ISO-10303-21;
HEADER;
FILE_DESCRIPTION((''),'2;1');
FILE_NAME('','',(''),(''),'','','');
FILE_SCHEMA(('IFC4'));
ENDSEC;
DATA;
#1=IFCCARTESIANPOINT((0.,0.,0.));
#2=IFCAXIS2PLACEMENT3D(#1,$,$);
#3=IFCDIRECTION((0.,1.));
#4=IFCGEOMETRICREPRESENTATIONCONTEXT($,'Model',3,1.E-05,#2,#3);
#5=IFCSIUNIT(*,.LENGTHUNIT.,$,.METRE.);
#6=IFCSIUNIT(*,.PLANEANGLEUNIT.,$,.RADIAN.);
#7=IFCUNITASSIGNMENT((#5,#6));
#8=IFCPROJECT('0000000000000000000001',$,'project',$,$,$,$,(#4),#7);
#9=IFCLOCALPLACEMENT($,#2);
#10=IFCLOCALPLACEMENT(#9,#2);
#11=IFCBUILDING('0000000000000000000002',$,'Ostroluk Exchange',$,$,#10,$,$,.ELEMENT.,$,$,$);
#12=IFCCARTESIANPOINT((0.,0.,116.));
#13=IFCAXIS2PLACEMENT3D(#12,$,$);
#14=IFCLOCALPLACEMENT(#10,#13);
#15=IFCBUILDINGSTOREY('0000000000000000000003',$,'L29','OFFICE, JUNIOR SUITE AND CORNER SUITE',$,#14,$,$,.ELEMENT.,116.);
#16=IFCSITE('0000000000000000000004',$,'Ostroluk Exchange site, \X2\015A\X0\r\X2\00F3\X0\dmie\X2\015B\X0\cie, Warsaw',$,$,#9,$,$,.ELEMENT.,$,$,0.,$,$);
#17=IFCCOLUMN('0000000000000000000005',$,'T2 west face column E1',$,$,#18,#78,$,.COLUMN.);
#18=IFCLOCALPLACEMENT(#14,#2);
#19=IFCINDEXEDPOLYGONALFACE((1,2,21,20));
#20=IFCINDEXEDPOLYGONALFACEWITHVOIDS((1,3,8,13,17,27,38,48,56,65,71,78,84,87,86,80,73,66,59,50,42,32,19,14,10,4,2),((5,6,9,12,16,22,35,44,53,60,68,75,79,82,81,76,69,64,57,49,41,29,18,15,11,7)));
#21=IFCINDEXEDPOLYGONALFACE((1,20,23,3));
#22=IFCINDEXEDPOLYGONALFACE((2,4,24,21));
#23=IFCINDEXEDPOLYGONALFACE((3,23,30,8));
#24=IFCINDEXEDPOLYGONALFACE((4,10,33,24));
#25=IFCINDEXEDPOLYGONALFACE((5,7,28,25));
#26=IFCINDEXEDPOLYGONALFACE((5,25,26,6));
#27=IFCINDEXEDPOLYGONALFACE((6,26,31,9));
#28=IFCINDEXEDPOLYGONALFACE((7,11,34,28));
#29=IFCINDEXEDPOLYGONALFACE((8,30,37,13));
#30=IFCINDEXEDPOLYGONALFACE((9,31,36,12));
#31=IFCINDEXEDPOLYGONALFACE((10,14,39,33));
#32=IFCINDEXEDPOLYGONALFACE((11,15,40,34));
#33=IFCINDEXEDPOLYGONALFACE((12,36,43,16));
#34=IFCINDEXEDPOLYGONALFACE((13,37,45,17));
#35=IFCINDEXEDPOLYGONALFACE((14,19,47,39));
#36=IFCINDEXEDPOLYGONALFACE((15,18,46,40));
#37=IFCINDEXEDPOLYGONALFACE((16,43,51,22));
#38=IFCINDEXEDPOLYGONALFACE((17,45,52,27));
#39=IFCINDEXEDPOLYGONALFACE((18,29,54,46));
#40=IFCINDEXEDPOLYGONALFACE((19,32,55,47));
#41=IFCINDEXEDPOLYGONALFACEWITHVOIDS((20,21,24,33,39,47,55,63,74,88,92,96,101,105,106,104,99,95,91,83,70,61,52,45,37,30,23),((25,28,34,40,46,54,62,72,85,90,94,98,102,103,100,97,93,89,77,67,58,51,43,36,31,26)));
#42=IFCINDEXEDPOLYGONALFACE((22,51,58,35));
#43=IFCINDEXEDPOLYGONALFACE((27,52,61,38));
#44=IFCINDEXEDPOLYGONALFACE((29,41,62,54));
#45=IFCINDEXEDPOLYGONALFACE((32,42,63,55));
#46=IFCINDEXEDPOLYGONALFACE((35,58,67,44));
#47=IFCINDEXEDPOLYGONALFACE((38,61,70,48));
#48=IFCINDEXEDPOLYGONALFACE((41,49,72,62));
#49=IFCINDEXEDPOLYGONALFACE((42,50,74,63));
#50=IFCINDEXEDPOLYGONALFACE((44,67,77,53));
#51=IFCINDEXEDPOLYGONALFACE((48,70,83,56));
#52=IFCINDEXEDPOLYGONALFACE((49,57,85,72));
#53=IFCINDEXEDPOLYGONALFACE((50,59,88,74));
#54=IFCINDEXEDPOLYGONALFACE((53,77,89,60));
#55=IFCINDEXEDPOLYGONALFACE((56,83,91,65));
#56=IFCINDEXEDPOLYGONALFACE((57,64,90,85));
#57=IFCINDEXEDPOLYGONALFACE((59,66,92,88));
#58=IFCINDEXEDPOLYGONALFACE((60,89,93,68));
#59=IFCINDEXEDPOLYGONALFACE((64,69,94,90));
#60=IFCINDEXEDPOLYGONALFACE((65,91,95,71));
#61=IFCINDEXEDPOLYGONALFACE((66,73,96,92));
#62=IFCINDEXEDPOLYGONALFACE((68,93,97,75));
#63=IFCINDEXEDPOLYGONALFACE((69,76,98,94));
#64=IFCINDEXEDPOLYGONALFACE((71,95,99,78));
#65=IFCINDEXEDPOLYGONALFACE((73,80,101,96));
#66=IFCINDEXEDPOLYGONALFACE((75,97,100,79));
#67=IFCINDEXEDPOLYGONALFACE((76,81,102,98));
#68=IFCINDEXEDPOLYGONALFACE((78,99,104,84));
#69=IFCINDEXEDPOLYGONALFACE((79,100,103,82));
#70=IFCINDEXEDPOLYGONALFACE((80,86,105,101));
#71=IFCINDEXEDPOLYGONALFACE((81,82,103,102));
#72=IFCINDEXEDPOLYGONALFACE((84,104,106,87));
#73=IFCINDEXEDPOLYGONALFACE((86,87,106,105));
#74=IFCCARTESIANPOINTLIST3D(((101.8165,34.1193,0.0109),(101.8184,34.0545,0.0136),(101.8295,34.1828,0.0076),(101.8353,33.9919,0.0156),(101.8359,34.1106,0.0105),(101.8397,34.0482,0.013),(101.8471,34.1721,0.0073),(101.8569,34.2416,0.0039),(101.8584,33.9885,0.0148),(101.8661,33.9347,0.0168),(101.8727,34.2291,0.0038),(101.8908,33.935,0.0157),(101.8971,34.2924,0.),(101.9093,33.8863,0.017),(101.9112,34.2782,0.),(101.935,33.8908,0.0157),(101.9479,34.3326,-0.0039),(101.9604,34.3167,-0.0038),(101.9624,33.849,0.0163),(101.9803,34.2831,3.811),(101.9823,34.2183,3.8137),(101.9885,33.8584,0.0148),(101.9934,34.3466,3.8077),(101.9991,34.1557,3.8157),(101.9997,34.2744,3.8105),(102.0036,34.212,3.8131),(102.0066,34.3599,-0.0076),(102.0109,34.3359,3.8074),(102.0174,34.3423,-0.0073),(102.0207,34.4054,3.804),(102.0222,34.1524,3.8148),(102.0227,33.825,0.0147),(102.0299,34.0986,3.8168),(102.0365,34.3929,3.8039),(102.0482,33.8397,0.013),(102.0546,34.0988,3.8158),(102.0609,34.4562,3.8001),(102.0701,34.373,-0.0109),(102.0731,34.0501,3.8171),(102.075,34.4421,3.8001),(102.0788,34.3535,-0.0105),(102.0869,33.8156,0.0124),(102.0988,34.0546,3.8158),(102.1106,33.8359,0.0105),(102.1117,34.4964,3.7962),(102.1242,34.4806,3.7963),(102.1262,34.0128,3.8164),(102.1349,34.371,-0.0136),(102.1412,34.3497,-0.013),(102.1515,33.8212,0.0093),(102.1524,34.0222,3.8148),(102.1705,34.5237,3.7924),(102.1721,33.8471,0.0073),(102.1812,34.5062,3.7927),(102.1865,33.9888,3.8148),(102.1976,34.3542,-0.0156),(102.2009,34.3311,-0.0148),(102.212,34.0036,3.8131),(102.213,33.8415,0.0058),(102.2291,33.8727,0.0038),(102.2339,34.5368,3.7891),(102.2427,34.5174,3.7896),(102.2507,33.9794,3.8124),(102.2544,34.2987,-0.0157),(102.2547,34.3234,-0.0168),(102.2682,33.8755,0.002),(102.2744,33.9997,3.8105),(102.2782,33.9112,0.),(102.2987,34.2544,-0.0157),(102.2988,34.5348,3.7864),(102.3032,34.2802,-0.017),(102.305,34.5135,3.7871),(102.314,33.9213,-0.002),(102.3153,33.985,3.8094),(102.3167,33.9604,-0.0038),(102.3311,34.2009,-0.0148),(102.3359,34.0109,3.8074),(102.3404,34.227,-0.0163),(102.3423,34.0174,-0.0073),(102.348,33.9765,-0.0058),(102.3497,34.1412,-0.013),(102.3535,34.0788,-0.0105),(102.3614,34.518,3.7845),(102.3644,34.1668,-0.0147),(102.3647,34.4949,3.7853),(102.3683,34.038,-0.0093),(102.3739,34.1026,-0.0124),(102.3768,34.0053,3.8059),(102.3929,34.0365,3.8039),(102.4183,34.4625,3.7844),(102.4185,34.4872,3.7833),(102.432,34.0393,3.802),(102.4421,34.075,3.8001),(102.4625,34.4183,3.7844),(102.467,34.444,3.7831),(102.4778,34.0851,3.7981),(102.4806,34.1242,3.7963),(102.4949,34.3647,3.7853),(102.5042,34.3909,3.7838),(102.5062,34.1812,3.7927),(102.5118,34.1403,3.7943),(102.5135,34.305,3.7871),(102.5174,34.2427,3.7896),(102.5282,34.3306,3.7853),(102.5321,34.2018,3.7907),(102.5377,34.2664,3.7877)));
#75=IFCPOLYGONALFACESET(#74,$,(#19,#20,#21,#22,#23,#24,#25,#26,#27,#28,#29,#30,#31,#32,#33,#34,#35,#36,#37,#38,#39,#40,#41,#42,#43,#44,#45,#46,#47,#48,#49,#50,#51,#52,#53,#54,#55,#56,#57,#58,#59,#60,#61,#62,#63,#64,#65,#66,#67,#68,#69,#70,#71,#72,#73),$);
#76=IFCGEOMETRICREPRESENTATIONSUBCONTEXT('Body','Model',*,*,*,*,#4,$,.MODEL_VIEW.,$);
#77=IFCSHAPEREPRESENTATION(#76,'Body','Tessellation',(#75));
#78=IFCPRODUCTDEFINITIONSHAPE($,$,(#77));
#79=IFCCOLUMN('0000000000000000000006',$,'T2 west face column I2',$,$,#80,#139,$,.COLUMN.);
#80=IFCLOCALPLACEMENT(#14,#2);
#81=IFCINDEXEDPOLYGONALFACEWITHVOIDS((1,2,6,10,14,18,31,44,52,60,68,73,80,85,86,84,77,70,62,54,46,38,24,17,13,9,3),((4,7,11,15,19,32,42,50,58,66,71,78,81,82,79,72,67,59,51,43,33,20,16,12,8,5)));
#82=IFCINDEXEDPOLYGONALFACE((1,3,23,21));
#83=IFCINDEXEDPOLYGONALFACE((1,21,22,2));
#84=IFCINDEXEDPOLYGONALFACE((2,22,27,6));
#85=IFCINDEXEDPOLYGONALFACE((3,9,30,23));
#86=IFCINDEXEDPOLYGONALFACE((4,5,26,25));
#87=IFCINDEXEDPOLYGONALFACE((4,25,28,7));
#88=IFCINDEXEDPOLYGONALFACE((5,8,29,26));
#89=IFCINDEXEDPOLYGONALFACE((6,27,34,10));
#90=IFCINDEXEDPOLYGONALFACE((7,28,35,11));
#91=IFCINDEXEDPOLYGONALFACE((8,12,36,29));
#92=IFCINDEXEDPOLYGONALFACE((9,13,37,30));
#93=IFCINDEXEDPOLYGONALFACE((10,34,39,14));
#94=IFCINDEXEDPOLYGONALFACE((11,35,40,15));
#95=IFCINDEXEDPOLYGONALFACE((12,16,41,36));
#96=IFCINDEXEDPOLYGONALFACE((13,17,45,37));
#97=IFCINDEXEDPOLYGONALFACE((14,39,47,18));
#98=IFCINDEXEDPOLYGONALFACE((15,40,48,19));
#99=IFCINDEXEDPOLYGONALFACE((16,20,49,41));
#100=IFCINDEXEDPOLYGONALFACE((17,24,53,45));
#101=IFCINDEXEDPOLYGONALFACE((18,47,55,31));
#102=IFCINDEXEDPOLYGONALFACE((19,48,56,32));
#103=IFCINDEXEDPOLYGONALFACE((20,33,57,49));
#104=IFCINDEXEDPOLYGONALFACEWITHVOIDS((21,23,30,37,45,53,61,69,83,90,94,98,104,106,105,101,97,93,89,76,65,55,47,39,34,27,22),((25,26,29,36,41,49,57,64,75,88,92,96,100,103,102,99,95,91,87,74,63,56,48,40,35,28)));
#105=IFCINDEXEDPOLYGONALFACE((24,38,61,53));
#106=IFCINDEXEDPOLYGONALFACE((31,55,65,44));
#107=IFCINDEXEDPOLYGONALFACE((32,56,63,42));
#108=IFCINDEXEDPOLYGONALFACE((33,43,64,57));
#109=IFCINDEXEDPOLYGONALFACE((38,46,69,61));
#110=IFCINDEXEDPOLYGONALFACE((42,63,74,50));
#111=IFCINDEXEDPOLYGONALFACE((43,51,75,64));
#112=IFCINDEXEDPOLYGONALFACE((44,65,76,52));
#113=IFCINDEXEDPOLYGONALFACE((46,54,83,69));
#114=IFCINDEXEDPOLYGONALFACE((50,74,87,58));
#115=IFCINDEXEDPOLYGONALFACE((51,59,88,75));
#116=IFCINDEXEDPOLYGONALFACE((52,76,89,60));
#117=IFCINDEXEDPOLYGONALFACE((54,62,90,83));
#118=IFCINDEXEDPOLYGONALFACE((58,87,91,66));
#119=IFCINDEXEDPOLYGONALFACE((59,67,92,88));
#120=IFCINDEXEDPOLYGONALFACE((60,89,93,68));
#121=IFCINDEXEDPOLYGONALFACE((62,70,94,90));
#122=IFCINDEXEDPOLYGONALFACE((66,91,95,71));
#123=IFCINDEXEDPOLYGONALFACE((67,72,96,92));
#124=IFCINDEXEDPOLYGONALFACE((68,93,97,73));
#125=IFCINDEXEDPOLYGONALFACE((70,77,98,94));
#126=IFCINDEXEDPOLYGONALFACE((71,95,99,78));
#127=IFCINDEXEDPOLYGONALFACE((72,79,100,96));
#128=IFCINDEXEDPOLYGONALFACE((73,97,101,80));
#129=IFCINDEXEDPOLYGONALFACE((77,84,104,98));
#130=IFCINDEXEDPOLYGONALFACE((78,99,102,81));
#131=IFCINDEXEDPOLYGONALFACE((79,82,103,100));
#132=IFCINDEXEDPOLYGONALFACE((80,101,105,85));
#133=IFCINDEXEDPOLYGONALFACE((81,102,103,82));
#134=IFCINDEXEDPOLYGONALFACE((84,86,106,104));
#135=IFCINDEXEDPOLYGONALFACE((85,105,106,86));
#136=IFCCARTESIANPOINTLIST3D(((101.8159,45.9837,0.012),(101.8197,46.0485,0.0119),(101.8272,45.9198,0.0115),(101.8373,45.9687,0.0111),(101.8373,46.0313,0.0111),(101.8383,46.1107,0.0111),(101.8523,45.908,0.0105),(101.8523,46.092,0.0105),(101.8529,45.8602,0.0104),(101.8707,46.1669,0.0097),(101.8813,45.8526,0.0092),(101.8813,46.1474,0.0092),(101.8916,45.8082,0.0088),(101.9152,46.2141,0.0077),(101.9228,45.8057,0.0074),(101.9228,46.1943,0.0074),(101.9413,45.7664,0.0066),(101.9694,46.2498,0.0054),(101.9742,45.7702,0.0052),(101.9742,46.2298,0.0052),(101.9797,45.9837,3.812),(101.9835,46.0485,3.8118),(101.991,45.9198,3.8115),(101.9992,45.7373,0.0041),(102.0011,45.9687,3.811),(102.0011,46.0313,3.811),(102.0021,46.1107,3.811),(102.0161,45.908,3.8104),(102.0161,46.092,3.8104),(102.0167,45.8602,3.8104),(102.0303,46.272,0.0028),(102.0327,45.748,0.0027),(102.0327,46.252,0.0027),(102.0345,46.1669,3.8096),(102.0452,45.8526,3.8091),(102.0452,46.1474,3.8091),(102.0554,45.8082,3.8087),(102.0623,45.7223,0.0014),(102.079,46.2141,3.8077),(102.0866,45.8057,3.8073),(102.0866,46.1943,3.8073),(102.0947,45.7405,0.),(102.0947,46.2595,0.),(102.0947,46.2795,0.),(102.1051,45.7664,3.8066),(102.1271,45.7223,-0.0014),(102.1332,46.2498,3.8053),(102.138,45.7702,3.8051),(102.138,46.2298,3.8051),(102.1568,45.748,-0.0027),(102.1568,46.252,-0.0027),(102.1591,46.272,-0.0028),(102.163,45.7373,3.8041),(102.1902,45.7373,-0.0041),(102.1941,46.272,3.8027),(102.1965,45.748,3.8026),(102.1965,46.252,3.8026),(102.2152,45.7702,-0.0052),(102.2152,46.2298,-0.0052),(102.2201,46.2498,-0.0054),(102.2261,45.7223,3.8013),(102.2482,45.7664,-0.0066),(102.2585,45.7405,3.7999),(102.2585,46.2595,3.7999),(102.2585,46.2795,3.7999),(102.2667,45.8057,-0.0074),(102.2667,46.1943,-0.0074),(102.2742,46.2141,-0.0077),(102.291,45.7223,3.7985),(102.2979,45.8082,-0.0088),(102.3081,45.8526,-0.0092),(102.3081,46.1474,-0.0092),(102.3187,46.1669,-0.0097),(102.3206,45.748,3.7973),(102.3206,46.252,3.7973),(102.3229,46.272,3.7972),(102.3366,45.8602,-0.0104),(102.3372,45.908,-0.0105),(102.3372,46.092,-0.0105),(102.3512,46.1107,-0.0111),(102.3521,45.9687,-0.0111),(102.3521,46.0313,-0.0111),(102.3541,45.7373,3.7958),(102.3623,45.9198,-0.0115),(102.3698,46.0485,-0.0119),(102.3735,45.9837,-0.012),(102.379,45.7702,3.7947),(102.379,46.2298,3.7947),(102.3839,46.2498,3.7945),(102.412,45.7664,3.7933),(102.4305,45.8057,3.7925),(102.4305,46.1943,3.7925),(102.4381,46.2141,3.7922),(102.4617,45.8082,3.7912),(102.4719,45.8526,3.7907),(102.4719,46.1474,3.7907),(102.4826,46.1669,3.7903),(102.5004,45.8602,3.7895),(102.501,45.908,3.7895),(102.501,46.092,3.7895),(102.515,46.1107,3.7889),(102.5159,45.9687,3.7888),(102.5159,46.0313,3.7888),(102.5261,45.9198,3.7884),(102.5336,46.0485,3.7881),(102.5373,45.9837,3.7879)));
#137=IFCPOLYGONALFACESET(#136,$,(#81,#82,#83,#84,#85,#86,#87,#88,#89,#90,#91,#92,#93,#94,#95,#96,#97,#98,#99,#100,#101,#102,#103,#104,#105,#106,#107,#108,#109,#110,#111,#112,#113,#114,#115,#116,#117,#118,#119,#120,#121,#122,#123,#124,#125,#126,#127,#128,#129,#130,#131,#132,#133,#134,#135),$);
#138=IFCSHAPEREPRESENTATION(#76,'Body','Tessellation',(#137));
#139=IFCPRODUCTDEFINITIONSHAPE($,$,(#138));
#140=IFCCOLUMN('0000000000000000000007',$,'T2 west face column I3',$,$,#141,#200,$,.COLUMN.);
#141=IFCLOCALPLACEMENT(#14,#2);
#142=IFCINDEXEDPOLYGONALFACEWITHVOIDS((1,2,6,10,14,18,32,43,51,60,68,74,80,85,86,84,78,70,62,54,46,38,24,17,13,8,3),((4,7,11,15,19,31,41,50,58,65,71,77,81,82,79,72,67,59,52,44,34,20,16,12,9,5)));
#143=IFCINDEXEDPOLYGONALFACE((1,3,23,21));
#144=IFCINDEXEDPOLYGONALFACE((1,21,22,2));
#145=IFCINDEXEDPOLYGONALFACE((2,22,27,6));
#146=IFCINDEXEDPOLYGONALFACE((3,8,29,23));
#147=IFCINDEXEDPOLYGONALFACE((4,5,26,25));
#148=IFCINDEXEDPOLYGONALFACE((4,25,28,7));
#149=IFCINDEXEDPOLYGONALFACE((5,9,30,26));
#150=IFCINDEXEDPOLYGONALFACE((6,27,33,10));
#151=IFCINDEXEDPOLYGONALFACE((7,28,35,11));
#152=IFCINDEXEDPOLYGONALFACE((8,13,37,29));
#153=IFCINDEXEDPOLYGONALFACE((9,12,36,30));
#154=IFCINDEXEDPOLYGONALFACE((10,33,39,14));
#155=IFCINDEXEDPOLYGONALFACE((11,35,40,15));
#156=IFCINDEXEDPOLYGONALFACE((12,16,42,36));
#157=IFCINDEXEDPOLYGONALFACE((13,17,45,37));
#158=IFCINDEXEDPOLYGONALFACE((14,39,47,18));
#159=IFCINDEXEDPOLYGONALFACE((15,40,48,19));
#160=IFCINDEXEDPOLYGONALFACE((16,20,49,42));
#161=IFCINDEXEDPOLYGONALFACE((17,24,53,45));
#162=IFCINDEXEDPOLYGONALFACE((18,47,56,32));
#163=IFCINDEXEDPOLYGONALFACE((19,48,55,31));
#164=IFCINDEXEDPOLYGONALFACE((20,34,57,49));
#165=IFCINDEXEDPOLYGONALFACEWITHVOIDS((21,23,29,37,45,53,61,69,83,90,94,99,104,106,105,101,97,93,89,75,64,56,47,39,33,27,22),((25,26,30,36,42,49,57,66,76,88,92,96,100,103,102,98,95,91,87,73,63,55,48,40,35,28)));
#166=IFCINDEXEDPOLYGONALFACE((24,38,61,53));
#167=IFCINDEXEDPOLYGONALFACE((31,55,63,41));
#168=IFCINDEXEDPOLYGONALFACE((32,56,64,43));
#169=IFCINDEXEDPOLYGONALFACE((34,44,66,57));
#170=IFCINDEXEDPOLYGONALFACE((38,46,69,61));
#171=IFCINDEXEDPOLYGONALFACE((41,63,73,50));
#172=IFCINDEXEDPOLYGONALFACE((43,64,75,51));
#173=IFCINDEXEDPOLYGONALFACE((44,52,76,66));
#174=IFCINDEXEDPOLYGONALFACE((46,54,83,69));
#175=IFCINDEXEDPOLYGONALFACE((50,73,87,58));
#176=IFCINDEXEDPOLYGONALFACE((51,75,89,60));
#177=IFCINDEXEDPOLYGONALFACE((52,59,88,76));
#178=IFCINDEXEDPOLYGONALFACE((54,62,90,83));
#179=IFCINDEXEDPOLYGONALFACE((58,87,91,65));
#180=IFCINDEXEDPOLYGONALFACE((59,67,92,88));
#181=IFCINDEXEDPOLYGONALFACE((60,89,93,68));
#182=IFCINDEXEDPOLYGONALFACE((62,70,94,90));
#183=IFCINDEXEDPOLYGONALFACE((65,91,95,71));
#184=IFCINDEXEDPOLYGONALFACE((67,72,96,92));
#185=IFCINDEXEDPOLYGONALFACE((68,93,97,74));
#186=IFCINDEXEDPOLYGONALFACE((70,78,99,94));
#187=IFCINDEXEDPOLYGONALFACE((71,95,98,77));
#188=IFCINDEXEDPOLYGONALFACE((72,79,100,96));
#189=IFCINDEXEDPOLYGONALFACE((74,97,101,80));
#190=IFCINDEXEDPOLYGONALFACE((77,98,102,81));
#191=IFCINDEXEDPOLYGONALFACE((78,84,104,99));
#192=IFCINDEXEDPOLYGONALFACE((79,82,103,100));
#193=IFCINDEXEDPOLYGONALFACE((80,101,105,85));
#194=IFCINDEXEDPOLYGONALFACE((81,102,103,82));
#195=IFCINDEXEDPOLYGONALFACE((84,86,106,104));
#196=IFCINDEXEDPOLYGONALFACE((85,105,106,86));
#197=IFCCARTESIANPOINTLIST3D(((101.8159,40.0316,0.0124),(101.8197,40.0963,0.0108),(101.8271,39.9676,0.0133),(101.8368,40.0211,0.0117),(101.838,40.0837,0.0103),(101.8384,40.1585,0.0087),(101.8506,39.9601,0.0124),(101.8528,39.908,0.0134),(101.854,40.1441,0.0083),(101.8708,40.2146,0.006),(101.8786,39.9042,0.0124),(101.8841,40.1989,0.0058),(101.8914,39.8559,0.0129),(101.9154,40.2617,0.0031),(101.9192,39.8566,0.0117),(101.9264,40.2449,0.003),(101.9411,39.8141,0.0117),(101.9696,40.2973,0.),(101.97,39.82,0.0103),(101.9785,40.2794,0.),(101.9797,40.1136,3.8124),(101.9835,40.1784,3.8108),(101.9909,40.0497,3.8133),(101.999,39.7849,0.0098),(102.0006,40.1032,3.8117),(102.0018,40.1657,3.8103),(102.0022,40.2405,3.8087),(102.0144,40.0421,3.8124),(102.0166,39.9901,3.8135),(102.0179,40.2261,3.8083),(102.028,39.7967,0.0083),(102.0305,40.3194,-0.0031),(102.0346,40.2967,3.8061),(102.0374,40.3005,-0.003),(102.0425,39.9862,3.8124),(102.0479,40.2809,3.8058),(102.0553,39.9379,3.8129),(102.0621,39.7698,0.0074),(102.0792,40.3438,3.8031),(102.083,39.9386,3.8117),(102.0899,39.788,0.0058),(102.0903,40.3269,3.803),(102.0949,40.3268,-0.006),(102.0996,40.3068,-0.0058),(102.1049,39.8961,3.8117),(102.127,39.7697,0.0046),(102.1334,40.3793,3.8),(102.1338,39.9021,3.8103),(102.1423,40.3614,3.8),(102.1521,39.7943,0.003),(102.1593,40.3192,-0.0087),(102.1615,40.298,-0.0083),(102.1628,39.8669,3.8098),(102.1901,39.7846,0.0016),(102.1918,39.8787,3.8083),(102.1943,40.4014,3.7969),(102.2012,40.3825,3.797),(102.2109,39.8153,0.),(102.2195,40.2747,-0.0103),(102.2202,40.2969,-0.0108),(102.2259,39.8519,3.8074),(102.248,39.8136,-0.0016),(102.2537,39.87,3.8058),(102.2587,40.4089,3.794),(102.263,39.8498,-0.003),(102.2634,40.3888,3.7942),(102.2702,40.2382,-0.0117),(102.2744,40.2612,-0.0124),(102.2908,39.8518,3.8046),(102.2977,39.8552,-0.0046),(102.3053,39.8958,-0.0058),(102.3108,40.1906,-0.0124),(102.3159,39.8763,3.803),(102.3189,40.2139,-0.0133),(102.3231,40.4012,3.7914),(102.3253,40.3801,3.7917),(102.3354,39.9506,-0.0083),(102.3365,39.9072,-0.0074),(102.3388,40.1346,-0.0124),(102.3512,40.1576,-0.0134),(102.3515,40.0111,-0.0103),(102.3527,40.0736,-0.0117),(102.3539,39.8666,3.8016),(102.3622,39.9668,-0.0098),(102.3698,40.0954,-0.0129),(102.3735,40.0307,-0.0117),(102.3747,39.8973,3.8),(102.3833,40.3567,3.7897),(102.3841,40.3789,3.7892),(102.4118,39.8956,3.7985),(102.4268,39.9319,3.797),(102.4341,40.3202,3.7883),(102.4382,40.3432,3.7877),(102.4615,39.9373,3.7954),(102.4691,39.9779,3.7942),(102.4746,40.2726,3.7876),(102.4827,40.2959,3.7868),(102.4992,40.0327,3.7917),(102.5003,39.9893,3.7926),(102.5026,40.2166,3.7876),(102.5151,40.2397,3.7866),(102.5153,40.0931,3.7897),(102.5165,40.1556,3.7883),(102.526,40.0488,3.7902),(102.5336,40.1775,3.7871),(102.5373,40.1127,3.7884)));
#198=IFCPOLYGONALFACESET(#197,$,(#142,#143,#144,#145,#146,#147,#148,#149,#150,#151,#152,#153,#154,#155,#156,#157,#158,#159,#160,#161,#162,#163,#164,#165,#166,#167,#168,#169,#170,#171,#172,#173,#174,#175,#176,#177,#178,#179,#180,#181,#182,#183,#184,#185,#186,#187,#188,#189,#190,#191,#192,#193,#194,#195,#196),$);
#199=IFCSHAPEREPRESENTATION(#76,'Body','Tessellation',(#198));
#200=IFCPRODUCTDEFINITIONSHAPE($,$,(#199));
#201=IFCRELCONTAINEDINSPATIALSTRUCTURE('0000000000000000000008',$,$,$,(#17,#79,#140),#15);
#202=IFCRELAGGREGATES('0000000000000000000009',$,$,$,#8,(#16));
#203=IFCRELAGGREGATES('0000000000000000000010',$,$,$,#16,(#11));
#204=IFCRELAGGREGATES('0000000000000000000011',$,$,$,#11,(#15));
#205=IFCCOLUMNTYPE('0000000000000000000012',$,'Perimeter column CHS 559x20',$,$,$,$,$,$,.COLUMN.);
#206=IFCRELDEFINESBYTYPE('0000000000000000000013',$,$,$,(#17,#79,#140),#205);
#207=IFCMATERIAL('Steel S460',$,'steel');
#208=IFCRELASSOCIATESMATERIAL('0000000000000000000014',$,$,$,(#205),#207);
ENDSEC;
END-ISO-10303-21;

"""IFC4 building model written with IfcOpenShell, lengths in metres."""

from ifc_helpers import new_model, si_unit, direction, frame, origin, origin_2d, place, context, subcontext, project, spatial, hollow_circle, extrude, material, material_profile, profile_set, type_object, element, save


model = new_model("IFC4")

# Units and contexts
model_context = context("Model", 3, precision=1e-05, world=origin(), true_north=direction((0.0, 1.0)))
body_context = subcontext(model_context, "Body", "Model", "MODEL_VIEW")
ifc_project = project(units=[si_unit("LENGTHUNIT", "METRE"), si_unit("PLANEANGLEUNIT", "RADIAN")], contexts=[model_context])

# Site, building, storey
site_placement = place(None, origin())
site = spatial("IfcSite", under=ifc_project, at=site_placement, Name="Ostroluk Exchange site, Śródmieście, Warsaw", CompositionType="ELEMENT", RefElevation=0.0)
building_placement = place(site_placement, origin())
building = spatial("IfcBuilding", under=site, at=building_placement, Name="Ostroluk Exchange", CompositionType="ELEMENT")
storey_placement = place(building_placement, frame((0.0, 0.0, 116.0)))
storey = spatial("IfcBuildingStorey", under=building, at=storey_placement, Name="L29", Description="OFFICE, JUNIOR SUITE AND CORNER SUITE", CompositionType="ELEMENT", Elevation=116.0)

# Columns
ifc_material_1 = material(Name="Steel S460", Category="steel")
ifc_material_profile_1 = material_profile(ifc_material_1, hollow_circle(Radius=0.2795, WallThickness=0.02, at=origin_2d()), Name="CHS 559x20")
ifc_profile_set_1 = profile_set([ifc_material_profile_1], Name="Steel S460")
column_type = type_object("IfcColumnType", Name="Perimeter column CHS 559x20", PredefinedType="COLUMN", material=ifc_profile_set_1)
column_1_placement = place(storey_placement, frame((102.0947, 34.0947, 0.0), z_axis=(0.04303, 0.04303, 0.998147), x_axis=(-0.707107, 0.707107, 0.0)))
element("IfcColumn", 1, at=column_1_placement, inside=storey, type_object=column_type, Name="T2 west face column E1", PredefinedType="COLUMN", context=body_context, shape_type="SweptSolid", body=[
    extrude(hollow_circle(Radius=0.2795, WallThickness=0.02, at=origin_2d()), origin(), (0.0, 0.0, 1.0), 3.8071),
])
column_2_placement = place(storey_placement, frame((102.0947, 46.0, 0.0), z_axis=(0.04307, 0.0, 0.999072), x_axis=(0.0, 1.0, 0.0)))
element("IfcColumn", 2, at=column_2_placement, inside=storey, type_object=column_type, Name="T2 west face column I2", PredefinedType="COLUMN", context=body_context, shape_type="SweptSolid", body=[
    extrude(hollow_circle(Radius=0.2795, WallThickness=0.02, at=origin_2d()), origin(), (0.0, 0.0, 1.0), 3.8035),
])
column_3_placement = place(storey_placement, frame((102.0947, 40.0474, 0.0), z_axis=(0.04306, 0.021562, 0.99884), x_axis=(-0.447747, 0.894161, 0.0)))
element("IfcColumn", 3, at=column_3_placement, inside=storey, type_object=column_type, Name="T2 west face column I3", PredefinedType="COLUMN", context=body_context, shape_type="SweptSolid", body=[
    extrude(hollow_circle(Radius=0.2795, WallThickness=0.02, at=origin_2d()), origin(), (0.0, 0.0, 1.0), 3.8044),
])

save(model, "model.ifc")
